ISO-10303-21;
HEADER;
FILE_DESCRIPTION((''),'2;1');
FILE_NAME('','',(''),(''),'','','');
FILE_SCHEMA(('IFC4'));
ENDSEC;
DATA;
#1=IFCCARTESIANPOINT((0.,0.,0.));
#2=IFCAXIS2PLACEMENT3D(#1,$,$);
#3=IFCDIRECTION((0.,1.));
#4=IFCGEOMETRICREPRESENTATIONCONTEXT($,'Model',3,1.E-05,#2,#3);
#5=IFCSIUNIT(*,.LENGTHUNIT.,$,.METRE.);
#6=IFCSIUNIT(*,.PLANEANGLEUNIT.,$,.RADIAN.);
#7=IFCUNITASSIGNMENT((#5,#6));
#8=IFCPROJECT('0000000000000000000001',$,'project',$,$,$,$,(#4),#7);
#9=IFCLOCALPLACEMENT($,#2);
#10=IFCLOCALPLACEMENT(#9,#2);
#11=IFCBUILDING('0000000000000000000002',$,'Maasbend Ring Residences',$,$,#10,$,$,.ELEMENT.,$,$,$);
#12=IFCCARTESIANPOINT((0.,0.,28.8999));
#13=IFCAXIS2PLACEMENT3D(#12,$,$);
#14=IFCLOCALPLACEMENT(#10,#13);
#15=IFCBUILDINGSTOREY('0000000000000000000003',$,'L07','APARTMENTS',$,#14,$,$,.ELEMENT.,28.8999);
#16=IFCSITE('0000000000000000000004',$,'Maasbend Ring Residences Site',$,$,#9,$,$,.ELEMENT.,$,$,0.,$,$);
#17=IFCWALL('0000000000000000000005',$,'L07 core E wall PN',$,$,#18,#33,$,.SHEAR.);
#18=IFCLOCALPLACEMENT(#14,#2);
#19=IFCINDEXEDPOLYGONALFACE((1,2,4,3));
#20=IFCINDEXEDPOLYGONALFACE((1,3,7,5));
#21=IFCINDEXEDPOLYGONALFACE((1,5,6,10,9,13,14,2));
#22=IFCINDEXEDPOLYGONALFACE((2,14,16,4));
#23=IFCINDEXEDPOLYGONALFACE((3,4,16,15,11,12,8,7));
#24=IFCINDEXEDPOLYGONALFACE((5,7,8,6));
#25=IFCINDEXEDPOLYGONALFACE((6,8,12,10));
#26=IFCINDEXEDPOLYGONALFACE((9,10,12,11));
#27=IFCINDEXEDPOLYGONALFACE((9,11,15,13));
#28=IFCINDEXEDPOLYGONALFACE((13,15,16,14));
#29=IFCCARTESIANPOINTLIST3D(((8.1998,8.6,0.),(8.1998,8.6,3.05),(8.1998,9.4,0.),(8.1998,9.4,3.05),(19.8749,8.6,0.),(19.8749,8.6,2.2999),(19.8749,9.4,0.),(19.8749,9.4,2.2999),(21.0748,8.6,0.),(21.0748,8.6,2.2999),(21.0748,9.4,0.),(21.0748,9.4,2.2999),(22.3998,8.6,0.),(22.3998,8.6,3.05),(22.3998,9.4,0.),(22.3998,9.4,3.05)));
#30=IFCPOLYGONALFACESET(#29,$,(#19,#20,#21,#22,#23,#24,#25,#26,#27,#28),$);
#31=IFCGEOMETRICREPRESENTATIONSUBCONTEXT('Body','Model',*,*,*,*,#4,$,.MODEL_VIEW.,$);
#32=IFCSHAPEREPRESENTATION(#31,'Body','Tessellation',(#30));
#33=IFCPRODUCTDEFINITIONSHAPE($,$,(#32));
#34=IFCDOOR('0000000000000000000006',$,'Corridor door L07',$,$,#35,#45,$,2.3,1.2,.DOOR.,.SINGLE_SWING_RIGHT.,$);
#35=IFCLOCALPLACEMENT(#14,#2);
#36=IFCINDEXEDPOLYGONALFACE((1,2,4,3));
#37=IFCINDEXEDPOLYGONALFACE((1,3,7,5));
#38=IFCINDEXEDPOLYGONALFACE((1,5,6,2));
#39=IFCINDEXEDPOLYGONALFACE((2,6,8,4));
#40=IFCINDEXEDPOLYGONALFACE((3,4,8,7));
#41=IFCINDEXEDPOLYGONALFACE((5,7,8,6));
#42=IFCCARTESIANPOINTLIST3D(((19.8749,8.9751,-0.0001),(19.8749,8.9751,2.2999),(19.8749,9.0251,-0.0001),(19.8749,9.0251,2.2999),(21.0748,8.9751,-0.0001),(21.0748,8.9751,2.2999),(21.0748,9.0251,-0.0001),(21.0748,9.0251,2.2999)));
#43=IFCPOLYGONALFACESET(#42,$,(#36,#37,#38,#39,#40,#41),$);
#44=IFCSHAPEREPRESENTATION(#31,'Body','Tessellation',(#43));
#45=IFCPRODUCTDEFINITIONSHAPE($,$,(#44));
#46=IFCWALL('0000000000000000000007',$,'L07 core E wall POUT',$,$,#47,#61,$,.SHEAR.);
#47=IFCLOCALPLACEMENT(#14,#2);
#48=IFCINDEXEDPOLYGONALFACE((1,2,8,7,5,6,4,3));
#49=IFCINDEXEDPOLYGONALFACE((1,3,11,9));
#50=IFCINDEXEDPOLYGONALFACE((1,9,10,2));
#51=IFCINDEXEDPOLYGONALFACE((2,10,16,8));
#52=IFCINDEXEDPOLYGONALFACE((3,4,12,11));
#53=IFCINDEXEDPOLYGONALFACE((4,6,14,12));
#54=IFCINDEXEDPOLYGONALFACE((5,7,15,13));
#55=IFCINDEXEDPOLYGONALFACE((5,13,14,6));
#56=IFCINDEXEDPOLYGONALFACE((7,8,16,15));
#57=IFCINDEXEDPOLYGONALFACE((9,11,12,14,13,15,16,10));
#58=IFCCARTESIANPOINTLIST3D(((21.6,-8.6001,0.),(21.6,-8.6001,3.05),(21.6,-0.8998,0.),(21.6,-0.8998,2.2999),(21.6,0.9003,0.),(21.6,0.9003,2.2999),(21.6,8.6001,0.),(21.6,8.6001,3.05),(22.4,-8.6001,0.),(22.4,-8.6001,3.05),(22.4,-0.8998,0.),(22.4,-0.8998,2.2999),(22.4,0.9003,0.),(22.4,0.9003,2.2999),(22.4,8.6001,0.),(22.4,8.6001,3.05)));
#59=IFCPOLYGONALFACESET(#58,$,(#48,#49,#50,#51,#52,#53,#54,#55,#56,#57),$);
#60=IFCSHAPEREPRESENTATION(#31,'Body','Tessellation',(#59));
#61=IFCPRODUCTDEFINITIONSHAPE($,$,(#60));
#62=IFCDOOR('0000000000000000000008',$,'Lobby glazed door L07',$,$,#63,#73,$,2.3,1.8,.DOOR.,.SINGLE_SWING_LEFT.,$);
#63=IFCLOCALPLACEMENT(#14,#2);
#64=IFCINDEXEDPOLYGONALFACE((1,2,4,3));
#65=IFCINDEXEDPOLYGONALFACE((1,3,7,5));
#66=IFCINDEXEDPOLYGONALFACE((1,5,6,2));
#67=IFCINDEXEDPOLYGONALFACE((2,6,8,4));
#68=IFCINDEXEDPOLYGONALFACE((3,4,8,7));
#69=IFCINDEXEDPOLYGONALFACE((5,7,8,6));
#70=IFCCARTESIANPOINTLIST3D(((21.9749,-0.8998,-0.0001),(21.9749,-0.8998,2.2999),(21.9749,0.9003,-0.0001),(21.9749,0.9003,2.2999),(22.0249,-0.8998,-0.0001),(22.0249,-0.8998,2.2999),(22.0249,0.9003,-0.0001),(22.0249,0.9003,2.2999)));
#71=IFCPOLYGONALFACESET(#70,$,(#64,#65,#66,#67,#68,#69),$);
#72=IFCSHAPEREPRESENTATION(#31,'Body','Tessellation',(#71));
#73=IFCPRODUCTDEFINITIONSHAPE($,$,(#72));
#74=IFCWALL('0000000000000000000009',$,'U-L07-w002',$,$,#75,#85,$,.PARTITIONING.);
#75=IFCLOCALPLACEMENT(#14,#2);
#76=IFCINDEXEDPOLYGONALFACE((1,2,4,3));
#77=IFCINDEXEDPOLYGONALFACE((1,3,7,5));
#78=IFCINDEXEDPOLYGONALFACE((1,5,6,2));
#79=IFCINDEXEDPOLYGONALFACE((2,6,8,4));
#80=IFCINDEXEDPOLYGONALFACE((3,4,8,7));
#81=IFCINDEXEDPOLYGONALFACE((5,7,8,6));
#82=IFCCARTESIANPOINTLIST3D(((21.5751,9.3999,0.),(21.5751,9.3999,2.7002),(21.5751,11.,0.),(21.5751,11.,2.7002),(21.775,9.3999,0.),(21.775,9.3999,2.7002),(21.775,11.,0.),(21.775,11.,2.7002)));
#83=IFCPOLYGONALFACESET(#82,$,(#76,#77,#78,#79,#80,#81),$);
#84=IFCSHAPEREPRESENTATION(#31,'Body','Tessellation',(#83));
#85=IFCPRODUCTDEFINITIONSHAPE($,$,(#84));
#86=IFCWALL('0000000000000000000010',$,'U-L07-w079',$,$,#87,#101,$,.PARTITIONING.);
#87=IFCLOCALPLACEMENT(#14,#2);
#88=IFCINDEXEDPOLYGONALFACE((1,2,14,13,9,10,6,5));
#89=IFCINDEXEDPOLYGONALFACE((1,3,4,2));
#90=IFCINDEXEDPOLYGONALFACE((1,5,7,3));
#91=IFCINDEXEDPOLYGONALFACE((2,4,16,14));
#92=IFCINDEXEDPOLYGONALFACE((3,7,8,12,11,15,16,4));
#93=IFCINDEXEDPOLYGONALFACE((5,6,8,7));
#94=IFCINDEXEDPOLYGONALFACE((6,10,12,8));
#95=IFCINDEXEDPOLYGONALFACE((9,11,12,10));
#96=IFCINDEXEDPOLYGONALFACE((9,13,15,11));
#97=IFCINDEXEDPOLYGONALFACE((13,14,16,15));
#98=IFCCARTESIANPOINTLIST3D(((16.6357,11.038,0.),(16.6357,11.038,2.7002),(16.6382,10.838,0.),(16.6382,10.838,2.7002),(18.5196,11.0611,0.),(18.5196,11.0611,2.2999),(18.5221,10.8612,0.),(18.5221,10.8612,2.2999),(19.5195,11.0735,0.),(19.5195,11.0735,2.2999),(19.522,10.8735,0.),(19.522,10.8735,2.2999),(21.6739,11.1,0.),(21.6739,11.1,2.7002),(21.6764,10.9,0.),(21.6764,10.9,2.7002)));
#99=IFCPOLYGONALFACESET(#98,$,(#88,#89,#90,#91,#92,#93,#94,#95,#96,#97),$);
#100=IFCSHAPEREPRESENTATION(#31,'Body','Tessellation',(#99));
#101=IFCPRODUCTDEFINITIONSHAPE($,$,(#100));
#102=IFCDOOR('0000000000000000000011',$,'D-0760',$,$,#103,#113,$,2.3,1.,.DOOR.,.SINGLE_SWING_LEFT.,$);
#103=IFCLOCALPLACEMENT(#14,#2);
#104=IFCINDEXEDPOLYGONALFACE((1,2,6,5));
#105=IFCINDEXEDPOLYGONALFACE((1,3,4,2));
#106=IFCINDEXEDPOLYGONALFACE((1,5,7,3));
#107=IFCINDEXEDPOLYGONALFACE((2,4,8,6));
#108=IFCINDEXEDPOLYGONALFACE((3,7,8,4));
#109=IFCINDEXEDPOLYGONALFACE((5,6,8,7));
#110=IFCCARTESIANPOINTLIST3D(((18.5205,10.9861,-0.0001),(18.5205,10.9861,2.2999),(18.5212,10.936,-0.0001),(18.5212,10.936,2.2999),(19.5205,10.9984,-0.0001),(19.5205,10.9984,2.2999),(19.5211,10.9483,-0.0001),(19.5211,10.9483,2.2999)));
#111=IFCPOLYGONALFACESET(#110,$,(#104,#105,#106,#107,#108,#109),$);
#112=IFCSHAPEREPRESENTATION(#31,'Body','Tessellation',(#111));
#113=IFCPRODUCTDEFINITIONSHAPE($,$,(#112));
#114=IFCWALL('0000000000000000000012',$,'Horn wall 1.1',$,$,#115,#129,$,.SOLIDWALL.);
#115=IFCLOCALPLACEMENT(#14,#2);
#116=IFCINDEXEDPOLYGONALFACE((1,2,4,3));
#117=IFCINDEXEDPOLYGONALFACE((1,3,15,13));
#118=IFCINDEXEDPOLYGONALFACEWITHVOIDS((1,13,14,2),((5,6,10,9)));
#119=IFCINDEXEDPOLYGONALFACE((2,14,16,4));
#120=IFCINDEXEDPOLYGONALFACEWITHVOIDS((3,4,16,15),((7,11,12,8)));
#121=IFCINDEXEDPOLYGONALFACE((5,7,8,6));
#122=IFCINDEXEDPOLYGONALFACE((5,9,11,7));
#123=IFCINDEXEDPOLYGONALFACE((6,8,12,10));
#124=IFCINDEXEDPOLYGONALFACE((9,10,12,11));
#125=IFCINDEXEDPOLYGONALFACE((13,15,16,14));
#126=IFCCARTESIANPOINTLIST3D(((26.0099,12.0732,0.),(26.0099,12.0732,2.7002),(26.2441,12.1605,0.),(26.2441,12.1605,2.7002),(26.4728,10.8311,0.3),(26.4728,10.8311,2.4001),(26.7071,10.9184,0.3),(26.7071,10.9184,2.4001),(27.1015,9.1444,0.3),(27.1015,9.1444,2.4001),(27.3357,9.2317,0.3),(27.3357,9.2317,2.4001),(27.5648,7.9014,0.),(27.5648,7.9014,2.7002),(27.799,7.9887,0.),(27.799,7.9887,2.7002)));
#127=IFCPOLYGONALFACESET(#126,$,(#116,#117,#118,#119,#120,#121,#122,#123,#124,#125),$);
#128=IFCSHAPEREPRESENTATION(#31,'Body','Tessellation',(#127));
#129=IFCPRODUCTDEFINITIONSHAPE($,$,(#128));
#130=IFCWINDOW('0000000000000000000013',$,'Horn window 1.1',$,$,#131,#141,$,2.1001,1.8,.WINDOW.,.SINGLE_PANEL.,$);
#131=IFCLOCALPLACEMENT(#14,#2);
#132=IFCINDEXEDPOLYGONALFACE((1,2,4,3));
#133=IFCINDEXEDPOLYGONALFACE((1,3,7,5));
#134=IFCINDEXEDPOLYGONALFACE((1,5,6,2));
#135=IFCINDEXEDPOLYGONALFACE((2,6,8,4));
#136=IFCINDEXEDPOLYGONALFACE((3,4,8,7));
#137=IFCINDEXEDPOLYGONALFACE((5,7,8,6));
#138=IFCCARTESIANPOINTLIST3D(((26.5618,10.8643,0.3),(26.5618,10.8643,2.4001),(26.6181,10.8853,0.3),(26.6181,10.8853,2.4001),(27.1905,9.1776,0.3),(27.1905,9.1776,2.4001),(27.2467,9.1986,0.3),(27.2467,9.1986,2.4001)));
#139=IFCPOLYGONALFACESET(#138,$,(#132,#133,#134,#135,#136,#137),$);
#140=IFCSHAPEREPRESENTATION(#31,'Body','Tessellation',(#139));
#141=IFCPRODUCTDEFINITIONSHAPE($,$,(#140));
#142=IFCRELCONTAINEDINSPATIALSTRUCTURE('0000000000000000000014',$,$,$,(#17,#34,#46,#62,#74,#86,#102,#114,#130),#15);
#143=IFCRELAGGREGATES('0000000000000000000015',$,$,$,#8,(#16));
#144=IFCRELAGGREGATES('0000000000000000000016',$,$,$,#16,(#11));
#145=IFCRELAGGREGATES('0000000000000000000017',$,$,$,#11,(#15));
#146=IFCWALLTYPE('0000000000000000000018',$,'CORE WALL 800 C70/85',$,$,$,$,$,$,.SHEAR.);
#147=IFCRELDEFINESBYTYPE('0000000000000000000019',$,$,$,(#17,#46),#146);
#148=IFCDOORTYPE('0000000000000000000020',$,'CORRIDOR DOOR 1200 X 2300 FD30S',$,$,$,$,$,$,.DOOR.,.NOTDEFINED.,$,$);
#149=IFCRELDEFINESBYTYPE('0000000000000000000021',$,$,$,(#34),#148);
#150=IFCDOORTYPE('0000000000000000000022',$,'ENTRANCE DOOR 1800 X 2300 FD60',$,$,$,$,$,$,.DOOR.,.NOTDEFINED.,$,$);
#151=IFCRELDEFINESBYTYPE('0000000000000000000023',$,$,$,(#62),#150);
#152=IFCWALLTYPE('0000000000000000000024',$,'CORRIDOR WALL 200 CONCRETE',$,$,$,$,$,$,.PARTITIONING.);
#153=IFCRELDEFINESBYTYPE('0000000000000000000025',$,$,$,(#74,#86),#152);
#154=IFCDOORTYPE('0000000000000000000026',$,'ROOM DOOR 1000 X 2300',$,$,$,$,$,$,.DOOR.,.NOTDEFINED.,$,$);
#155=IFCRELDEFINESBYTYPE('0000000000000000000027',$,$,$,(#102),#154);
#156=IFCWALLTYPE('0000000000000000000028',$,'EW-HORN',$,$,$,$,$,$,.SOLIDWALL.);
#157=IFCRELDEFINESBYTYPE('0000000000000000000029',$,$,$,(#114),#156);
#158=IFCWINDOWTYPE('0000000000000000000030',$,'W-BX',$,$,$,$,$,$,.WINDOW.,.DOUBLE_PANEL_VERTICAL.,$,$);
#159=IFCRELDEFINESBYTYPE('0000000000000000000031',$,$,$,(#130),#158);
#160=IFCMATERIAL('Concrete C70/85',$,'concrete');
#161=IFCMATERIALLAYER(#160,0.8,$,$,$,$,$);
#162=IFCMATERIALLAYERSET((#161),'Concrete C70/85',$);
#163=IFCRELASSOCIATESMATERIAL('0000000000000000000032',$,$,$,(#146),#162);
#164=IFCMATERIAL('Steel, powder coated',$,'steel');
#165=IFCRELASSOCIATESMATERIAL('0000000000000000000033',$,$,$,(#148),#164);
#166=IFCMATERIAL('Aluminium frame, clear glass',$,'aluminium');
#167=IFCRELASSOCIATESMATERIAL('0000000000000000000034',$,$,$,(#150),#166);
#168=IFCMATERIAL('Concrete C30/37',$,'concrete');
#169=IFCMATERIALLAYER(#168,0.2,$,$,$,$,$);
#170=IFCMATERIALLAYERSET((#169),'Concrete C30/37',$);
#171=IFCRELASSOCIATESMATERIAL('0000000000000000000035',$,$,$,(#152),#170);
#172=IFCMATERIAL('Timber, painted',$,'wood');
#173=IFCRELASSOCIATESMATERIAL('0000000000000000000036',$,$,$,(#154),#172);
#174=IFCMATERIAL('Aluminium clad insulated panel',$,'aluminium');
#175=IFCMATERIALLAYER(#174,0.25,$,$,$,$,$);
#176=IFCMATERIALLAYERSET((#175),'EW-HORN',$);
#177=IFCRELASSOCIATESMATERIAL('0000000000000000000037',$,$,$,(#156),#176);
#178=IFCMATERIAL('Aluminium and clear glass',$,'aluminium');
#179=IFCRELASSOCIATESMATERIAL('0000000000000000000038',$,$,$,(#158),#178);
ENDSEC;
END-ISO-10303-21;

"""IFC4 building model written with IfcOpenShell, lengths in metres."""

from ifc_helpers import new_model, si_unit, direction, frame, frame_2d, origin, place, context, subcontext, project, spatial, rectangle, extrude, material, layer, layer_set, type_object, element, fill, save


model = new_model("IFC4")

# Units and contexts
model_context = context("Model", 3, precision=1e-05, world=origin(), true_north=direction((0.0, 1.0)))
body_context = subcontext(model_context, "Body", "Model", "MODEL_VIEW")
ifc_project = project(units=[si_unit("LENGTHUNIT", "METRE"), si_unit("PLANEANGLEUNIT", "RADIAN")], contexts=[model_context])

# Site, building, storey
site_placement = place(None, origin())
site = spatial("IfcSite", under=ifc_project, at=site_placement, Name="Maasbend Ring Residences Site", CompositionType="ELEMENT", RefElevation=0.0)
building_placement = place(site_placement, origin())
building = spatial("IfcBuilding", under=site, at=building_placement, Name="Maasbend Ring Residences", CompositionType="ELEMENT")
storey_placement = place(building_placement, frame((0.0, 0.0, 28.8999)))
storey = spatial("IfcBuildingStorey", under=building, at=storey_placement, Name="L07", Description="APARTMENTS", CompositionType="ELEMENT", Elevation=28.8999)

# Walls, openings, doors
ifc_material_1 = material(Name="Concrete C70/85", Category="concrete")
ifc_layer_1 = layer(ifc_material_1, 0.8)
ifc_layer_set_1 = layer_set([ifc_layer_1], Name="Concrete C70/85")
wall_type_1 = type_object("IfcWallType", Name="CORE WALL 800 C70/85", PredefinedType="SHEAR", material=ifc_layer_set_1)
wall_1_placement = place(storey_placement, frame((22.3999, 9.0, 0.0), z_axis=(0.0, 0.0, 1.0), x_axis=(-1.0, 0.0, 0.0)))
wall_1 = element("IfcWall", 1, at=wall_1_placement, inside=storey, type_object=wall_type_1, Name="L07 core E wall PN", PredefinedType="SHEAR", context=body_context, shape_type="SweptSolid", body=[
    extrude(rectangle(XDim=14.2, YDim=0.8, at=frame_2d((7.1001, 0.0))), origin(), (0.0, 0.0, 1.0), 3.05),
])
opening_1_placement = place(wall_1_placement, frame((1.325, 0.0, 0.0)))
opening_1 = element("IfcOpeningElement", 2, at=opening_1_placement, cuts=wall_1, PredefinedType="OPENING", context=body_context, shape_type="SweptSolid", body=[
    extrude(rectangle(XDim=1.2, YDim=2.3, at=frame_2d((0.6001, 1.1499))), frame((0.0, 0.4102, 0.0), z_axis=(0.0, -1.0, 0.0), x_axis=(1.0, 0.0, 0.0)), (0.0, 0.0, 1.0), 0.8201),
])
ifc_material_2 = material(Name="Steel, powder coated", Category="steel")
door_type_1 = type_object("IfcDoorType", Name="CORRIDOR DOOR 1200 X 2300 FD30S", OperationType="NOTDEFINED", PredefinedType="DOOR", material=ifc_material_2)
door_1_placement = place(opening_1_placement, origin())
door_1 = element("IfcDoor", 3, at=door_1_placement, inside=storey, type_object=door_type_1, Name="Corridor door L07", OperationType="SINGLE_SWING_RIGHT", OverallHeight=2.3, OverallWidth=1.2, PredefinedType="DOOR", context=body_context, shape_type="SweptSolid", body=[
    extrude(rectangle(XDim=1.2, YDim=2.3, at=frame_2d((0.6001, 1.1499))), frame((0.0, 0.0249, 0.0), z_axis=(0.0, -1.0, 0.0), x_axis=(1.0, 0.0, 0.0)), (0.0, 0.0, 1.0), 0.05),
])
fill(opening_1, door_1)
wall_2_placement = place(storey_placement, frame((22.0, 8.6001, 0.0), z_axis=(0.0, 0.0, 1.0), x_axis=(0.0, -1.0, 0.0)))
wall_2 = element("IfcWall", 4, at=wall_2_placement, inside=storey, type_object=wall_type_1, Name="L07 core E wall POUT", PredefinedType="SHEAR", context=body_context, shape_type="SweptSolid", body=[
    extrude(rectangle(XDim=17.2002, YDim=0.8, at=frame_2d((8.6001, 0.0))), origin(), (0.0, 0.0, 1.0), 3.05),
])
opening_2_placement = place(wall_2_placement, frame((7.7, 0.0, 0.0)))
opening_2 = element("IfcOpeningElement", 5, at=opening_2_placement, cuts=wall_2, PredefinedType="OPENING", context=body_context, shape_type="SweptSolid", body=[
    extrude(rectangle(XDim=1.8, YDim=2.3, at=frame_2d((0.8999, 1.1499))), frame((0.0, 0.4102, 0.0), z_axis=(0.0, -1.0, 0.0), x_axis=(1.0, 0.0, 0.0)), (0.0, 0.0, 1.0), 0.8201),
])
ifc_material_3 = material(Name="Aluminium frame, clear glass", Category="aluminium")
door_type_2 = type_object("IfcDoorType", Name="ENTRANCE DOOR 1800 X 2300 FD60", OperationType="NOTDEFINED", PredefinedType="DOOR", material=ifc_material_3)
door_2_placement = place(opening_2_placement, origin())
door_2 = element("IfcDoor", 6, at=door_2_placement, inside=storey, type_object=door_type_2, Name="Lobby glazed door L07", OperationType="SINGLE_SWING_LEFT", OverallHeight=2.3, OverallWidth=1.8, PredefinedType="DOOR", context=body_context, shape_type="SweptSolid", body=[
    extrude(rectangle(XDim=1.8, YDim=2.3, at=frame_2d((0.8999, 1.1499))), frame((0.0, 0.0249, 0.0), z_axis=(0.0, -1.0, 0.0), x_axis=(1.0, 0.0, 0.0)), (0.0, 0.0, 1.0), 0.05),
])
fill(opening_2, door_2)

# Wall
ifc_material_4 = material(Name="Concrete C30/37", Category="concrete")
ifc_layer_2 = layer(ifc_material_4, 0.2)
ifc_layer_set_2 = layer_set([ifc_layer_2], Name="Concrete C30/37")
wall_type_2 = type_object("IfcWallType", Name="CORRIDOR WALL 200 CONCRETE", PredefinedType="PARTITIONING", material=ifc_layer_set_2)
wall_3_placement = place(storey_placement, frame((21.675, 9.3999, 0.0), z_axis=(0.0, 0.0, 1.0), x_axis=(0.0, 1.0, 0.0)))
element("IfcWall", 7, at=wall_3_placement, inside=storey, type_object=wall_type_2, Name="U-L07-w002", PredefinedType="PARTITIONING", context=body_context, shape_type="SweptSolid", body=[
    extrude(rectangle(XDim=1.6001, YDim=0.2, at=frame_2d((0.8, 0.0))), origin(), (0.0, 0.0, 1.0), 2.7002),
])

# Wall, opening, door
wall_4_placement = place(storey_placement, frame((16.637, 10.938, 0.0), z_axis=(0.0, 0.0, 1.0), x_axis=(0.999924, 0.012308, 0.0)))
wall_4 = element("IfcWall", 8, at=wall_4_placement, inside=storey, type_object=wall_type_2, Name="U-L07-w079", PredefinedType="PARTITIONING", context=body_context, shape_type="SweptSolid", body=[
    extrude(rectangle(XDim=5.0386, YDim=0.2, at=frame_2d((2.5193, 0.0))), origin(), (0.0, 0.0, 1.0), 2.7002),
])
opening_3_placement = place(wall_4_placement, frame((1.884, 0.0, 0.0)))
opening_3 = element("IfcOpeningElement", 9, at=opening_3_placement, cuts=wall_4, PredefinedType="OPENING", context=body_context, shape_type="SweptSolid", body=[
    extrude(rectangle(XDim=1.0, YDim=2.3, at=frame_2d((0.5, 1.1499))), frame((0.0, 0.1099, 0.0), z_axis=(0.0, -1.0, 0.0), x_axis=(1.0, 0.0, 0.0)), (0.0, 0.0, 1.0), 0.22),
])
ifc_material_5 = material(Name="Timber, painted", Category="wood")
door_type_3 = type_object("IfcDoorType", Name="ROOM DOOR 1000 X 2300", OperationType="NOTDEFINED", PredefinedType="DOOR", material=ifc_material_5)
door_3_placement = place(opening_3_placement, origin())
door_3 = element("IfcDoor", 10, at=door_3_placement, inside=storey, type_object=door_type_3, Name="D-0760", OperationType="SINGLE_SWING_LEFT", OverallHeight=2.3, OverallWidth=1.0, PredefinedType="DOOR", context=body_context, shape_type="SweptSolid", body=[
    extrude(rectangle(XDim=1.0, YDim=2.3, at=frame_2d((0.5, 1.1499))), frame((0.0, 0.0249, 0.0), z_axis=(0.0, -1.0, 0.0), x_axis=(1.0, 0.0, 0.0)), (0.0, 0.0, 1.0), 0.05),
])
fill(opening_3, door_3)

# Wall, opening, window
ifc_material_6 = material(Name="Aluminium clad insulated panel", Category="aluminium")
ifc_layer_3 = layer(ifc_material_6, 0.25)
ifc_layer_set_3 = layer_set([ifc_layer_3], Name="EW-HORN")
wall_type_3 = type_object("IfcWallType", Name="EW-HORN", PredefinedType="SOLIDWALL", material=ifc_layer_set_3)
wall_5_placement = place(storey_placement, frame((27.6819, 7.9451, 0.0), z_axis=(0.0, 0.0, 1.0), x_axis=(-0.349248, 0.93703, 0.0)))
wall_5 = element("IfcWall", 11, at=wall_5_placement, inside=storey, type_object=wall_type_3, Name="Horn wall 1.1", PredefinedType="SOLIDWALL", context=body_context, shape_type="SweptSolid", body=[
    extrude(rectangle(XDim=4.4521, YDim=0.25, at=frame_2d((2.2261, 0.0))), origin(), (0.0, 0.0, 1.0), 2.7002),
])
opening_4_placement = place(wall_5_placement, frame((1.3267, 0.0, 0.3)))
opening_4 = element("IfcOpeningElement", 12, at=opening_4_placement, cuts=wall_5, PredefinedType="OPENING", context=body_context, shape_type="SweptSolid", body=[
    extrude(rectangle(XDim=1.8, YDim=2.1001, at=frame_2d((0.8999, 1.05))), frame((0.0, 0.135, 0.0), z_axis=(0.0, -1.0, 0.0), x_axis=(1.0, 0.0, 0.0)), (0.0, 0.0, 1.0), 0.27),
])
ifc_material_7 = material(Name="Aluminium and clear glass", Category="aluminium")
window_type = type_object("IfcWindowType", Name="W-BX", PartitioningType="DOUBLE_PANEL_VERTICAL", PredefinedType="WINDOW", material=ifc_material_7)
window_1_placement = place(opening_4_placement, origin())
window_1 = element("IfcWindow", 13, at=window_1_placement, inside=storey, type_object=window_type, Name="Horn window 1.1", OverallHeight=2.1001, OverallWidth=1.8, PartitioningType="SINGLE_PANEL", PredefinedType="WINDOW", context=body_context, shape_type="SweptSolid", body=[
    extrude(rectangle(XDim=1.8, YDim=2.1001, at=frame_2d((0.8999, 1.05))), frame((0.0, 0.03, 0.0), z_axis=(0.0, -1.0, 0.0), x_axis=(1.0, 0.0, 0.0)), (0.0, 0.0, 1.0), 0.0601),
])
fill(opening_4, window_1)

save(model, "model.ifc")
